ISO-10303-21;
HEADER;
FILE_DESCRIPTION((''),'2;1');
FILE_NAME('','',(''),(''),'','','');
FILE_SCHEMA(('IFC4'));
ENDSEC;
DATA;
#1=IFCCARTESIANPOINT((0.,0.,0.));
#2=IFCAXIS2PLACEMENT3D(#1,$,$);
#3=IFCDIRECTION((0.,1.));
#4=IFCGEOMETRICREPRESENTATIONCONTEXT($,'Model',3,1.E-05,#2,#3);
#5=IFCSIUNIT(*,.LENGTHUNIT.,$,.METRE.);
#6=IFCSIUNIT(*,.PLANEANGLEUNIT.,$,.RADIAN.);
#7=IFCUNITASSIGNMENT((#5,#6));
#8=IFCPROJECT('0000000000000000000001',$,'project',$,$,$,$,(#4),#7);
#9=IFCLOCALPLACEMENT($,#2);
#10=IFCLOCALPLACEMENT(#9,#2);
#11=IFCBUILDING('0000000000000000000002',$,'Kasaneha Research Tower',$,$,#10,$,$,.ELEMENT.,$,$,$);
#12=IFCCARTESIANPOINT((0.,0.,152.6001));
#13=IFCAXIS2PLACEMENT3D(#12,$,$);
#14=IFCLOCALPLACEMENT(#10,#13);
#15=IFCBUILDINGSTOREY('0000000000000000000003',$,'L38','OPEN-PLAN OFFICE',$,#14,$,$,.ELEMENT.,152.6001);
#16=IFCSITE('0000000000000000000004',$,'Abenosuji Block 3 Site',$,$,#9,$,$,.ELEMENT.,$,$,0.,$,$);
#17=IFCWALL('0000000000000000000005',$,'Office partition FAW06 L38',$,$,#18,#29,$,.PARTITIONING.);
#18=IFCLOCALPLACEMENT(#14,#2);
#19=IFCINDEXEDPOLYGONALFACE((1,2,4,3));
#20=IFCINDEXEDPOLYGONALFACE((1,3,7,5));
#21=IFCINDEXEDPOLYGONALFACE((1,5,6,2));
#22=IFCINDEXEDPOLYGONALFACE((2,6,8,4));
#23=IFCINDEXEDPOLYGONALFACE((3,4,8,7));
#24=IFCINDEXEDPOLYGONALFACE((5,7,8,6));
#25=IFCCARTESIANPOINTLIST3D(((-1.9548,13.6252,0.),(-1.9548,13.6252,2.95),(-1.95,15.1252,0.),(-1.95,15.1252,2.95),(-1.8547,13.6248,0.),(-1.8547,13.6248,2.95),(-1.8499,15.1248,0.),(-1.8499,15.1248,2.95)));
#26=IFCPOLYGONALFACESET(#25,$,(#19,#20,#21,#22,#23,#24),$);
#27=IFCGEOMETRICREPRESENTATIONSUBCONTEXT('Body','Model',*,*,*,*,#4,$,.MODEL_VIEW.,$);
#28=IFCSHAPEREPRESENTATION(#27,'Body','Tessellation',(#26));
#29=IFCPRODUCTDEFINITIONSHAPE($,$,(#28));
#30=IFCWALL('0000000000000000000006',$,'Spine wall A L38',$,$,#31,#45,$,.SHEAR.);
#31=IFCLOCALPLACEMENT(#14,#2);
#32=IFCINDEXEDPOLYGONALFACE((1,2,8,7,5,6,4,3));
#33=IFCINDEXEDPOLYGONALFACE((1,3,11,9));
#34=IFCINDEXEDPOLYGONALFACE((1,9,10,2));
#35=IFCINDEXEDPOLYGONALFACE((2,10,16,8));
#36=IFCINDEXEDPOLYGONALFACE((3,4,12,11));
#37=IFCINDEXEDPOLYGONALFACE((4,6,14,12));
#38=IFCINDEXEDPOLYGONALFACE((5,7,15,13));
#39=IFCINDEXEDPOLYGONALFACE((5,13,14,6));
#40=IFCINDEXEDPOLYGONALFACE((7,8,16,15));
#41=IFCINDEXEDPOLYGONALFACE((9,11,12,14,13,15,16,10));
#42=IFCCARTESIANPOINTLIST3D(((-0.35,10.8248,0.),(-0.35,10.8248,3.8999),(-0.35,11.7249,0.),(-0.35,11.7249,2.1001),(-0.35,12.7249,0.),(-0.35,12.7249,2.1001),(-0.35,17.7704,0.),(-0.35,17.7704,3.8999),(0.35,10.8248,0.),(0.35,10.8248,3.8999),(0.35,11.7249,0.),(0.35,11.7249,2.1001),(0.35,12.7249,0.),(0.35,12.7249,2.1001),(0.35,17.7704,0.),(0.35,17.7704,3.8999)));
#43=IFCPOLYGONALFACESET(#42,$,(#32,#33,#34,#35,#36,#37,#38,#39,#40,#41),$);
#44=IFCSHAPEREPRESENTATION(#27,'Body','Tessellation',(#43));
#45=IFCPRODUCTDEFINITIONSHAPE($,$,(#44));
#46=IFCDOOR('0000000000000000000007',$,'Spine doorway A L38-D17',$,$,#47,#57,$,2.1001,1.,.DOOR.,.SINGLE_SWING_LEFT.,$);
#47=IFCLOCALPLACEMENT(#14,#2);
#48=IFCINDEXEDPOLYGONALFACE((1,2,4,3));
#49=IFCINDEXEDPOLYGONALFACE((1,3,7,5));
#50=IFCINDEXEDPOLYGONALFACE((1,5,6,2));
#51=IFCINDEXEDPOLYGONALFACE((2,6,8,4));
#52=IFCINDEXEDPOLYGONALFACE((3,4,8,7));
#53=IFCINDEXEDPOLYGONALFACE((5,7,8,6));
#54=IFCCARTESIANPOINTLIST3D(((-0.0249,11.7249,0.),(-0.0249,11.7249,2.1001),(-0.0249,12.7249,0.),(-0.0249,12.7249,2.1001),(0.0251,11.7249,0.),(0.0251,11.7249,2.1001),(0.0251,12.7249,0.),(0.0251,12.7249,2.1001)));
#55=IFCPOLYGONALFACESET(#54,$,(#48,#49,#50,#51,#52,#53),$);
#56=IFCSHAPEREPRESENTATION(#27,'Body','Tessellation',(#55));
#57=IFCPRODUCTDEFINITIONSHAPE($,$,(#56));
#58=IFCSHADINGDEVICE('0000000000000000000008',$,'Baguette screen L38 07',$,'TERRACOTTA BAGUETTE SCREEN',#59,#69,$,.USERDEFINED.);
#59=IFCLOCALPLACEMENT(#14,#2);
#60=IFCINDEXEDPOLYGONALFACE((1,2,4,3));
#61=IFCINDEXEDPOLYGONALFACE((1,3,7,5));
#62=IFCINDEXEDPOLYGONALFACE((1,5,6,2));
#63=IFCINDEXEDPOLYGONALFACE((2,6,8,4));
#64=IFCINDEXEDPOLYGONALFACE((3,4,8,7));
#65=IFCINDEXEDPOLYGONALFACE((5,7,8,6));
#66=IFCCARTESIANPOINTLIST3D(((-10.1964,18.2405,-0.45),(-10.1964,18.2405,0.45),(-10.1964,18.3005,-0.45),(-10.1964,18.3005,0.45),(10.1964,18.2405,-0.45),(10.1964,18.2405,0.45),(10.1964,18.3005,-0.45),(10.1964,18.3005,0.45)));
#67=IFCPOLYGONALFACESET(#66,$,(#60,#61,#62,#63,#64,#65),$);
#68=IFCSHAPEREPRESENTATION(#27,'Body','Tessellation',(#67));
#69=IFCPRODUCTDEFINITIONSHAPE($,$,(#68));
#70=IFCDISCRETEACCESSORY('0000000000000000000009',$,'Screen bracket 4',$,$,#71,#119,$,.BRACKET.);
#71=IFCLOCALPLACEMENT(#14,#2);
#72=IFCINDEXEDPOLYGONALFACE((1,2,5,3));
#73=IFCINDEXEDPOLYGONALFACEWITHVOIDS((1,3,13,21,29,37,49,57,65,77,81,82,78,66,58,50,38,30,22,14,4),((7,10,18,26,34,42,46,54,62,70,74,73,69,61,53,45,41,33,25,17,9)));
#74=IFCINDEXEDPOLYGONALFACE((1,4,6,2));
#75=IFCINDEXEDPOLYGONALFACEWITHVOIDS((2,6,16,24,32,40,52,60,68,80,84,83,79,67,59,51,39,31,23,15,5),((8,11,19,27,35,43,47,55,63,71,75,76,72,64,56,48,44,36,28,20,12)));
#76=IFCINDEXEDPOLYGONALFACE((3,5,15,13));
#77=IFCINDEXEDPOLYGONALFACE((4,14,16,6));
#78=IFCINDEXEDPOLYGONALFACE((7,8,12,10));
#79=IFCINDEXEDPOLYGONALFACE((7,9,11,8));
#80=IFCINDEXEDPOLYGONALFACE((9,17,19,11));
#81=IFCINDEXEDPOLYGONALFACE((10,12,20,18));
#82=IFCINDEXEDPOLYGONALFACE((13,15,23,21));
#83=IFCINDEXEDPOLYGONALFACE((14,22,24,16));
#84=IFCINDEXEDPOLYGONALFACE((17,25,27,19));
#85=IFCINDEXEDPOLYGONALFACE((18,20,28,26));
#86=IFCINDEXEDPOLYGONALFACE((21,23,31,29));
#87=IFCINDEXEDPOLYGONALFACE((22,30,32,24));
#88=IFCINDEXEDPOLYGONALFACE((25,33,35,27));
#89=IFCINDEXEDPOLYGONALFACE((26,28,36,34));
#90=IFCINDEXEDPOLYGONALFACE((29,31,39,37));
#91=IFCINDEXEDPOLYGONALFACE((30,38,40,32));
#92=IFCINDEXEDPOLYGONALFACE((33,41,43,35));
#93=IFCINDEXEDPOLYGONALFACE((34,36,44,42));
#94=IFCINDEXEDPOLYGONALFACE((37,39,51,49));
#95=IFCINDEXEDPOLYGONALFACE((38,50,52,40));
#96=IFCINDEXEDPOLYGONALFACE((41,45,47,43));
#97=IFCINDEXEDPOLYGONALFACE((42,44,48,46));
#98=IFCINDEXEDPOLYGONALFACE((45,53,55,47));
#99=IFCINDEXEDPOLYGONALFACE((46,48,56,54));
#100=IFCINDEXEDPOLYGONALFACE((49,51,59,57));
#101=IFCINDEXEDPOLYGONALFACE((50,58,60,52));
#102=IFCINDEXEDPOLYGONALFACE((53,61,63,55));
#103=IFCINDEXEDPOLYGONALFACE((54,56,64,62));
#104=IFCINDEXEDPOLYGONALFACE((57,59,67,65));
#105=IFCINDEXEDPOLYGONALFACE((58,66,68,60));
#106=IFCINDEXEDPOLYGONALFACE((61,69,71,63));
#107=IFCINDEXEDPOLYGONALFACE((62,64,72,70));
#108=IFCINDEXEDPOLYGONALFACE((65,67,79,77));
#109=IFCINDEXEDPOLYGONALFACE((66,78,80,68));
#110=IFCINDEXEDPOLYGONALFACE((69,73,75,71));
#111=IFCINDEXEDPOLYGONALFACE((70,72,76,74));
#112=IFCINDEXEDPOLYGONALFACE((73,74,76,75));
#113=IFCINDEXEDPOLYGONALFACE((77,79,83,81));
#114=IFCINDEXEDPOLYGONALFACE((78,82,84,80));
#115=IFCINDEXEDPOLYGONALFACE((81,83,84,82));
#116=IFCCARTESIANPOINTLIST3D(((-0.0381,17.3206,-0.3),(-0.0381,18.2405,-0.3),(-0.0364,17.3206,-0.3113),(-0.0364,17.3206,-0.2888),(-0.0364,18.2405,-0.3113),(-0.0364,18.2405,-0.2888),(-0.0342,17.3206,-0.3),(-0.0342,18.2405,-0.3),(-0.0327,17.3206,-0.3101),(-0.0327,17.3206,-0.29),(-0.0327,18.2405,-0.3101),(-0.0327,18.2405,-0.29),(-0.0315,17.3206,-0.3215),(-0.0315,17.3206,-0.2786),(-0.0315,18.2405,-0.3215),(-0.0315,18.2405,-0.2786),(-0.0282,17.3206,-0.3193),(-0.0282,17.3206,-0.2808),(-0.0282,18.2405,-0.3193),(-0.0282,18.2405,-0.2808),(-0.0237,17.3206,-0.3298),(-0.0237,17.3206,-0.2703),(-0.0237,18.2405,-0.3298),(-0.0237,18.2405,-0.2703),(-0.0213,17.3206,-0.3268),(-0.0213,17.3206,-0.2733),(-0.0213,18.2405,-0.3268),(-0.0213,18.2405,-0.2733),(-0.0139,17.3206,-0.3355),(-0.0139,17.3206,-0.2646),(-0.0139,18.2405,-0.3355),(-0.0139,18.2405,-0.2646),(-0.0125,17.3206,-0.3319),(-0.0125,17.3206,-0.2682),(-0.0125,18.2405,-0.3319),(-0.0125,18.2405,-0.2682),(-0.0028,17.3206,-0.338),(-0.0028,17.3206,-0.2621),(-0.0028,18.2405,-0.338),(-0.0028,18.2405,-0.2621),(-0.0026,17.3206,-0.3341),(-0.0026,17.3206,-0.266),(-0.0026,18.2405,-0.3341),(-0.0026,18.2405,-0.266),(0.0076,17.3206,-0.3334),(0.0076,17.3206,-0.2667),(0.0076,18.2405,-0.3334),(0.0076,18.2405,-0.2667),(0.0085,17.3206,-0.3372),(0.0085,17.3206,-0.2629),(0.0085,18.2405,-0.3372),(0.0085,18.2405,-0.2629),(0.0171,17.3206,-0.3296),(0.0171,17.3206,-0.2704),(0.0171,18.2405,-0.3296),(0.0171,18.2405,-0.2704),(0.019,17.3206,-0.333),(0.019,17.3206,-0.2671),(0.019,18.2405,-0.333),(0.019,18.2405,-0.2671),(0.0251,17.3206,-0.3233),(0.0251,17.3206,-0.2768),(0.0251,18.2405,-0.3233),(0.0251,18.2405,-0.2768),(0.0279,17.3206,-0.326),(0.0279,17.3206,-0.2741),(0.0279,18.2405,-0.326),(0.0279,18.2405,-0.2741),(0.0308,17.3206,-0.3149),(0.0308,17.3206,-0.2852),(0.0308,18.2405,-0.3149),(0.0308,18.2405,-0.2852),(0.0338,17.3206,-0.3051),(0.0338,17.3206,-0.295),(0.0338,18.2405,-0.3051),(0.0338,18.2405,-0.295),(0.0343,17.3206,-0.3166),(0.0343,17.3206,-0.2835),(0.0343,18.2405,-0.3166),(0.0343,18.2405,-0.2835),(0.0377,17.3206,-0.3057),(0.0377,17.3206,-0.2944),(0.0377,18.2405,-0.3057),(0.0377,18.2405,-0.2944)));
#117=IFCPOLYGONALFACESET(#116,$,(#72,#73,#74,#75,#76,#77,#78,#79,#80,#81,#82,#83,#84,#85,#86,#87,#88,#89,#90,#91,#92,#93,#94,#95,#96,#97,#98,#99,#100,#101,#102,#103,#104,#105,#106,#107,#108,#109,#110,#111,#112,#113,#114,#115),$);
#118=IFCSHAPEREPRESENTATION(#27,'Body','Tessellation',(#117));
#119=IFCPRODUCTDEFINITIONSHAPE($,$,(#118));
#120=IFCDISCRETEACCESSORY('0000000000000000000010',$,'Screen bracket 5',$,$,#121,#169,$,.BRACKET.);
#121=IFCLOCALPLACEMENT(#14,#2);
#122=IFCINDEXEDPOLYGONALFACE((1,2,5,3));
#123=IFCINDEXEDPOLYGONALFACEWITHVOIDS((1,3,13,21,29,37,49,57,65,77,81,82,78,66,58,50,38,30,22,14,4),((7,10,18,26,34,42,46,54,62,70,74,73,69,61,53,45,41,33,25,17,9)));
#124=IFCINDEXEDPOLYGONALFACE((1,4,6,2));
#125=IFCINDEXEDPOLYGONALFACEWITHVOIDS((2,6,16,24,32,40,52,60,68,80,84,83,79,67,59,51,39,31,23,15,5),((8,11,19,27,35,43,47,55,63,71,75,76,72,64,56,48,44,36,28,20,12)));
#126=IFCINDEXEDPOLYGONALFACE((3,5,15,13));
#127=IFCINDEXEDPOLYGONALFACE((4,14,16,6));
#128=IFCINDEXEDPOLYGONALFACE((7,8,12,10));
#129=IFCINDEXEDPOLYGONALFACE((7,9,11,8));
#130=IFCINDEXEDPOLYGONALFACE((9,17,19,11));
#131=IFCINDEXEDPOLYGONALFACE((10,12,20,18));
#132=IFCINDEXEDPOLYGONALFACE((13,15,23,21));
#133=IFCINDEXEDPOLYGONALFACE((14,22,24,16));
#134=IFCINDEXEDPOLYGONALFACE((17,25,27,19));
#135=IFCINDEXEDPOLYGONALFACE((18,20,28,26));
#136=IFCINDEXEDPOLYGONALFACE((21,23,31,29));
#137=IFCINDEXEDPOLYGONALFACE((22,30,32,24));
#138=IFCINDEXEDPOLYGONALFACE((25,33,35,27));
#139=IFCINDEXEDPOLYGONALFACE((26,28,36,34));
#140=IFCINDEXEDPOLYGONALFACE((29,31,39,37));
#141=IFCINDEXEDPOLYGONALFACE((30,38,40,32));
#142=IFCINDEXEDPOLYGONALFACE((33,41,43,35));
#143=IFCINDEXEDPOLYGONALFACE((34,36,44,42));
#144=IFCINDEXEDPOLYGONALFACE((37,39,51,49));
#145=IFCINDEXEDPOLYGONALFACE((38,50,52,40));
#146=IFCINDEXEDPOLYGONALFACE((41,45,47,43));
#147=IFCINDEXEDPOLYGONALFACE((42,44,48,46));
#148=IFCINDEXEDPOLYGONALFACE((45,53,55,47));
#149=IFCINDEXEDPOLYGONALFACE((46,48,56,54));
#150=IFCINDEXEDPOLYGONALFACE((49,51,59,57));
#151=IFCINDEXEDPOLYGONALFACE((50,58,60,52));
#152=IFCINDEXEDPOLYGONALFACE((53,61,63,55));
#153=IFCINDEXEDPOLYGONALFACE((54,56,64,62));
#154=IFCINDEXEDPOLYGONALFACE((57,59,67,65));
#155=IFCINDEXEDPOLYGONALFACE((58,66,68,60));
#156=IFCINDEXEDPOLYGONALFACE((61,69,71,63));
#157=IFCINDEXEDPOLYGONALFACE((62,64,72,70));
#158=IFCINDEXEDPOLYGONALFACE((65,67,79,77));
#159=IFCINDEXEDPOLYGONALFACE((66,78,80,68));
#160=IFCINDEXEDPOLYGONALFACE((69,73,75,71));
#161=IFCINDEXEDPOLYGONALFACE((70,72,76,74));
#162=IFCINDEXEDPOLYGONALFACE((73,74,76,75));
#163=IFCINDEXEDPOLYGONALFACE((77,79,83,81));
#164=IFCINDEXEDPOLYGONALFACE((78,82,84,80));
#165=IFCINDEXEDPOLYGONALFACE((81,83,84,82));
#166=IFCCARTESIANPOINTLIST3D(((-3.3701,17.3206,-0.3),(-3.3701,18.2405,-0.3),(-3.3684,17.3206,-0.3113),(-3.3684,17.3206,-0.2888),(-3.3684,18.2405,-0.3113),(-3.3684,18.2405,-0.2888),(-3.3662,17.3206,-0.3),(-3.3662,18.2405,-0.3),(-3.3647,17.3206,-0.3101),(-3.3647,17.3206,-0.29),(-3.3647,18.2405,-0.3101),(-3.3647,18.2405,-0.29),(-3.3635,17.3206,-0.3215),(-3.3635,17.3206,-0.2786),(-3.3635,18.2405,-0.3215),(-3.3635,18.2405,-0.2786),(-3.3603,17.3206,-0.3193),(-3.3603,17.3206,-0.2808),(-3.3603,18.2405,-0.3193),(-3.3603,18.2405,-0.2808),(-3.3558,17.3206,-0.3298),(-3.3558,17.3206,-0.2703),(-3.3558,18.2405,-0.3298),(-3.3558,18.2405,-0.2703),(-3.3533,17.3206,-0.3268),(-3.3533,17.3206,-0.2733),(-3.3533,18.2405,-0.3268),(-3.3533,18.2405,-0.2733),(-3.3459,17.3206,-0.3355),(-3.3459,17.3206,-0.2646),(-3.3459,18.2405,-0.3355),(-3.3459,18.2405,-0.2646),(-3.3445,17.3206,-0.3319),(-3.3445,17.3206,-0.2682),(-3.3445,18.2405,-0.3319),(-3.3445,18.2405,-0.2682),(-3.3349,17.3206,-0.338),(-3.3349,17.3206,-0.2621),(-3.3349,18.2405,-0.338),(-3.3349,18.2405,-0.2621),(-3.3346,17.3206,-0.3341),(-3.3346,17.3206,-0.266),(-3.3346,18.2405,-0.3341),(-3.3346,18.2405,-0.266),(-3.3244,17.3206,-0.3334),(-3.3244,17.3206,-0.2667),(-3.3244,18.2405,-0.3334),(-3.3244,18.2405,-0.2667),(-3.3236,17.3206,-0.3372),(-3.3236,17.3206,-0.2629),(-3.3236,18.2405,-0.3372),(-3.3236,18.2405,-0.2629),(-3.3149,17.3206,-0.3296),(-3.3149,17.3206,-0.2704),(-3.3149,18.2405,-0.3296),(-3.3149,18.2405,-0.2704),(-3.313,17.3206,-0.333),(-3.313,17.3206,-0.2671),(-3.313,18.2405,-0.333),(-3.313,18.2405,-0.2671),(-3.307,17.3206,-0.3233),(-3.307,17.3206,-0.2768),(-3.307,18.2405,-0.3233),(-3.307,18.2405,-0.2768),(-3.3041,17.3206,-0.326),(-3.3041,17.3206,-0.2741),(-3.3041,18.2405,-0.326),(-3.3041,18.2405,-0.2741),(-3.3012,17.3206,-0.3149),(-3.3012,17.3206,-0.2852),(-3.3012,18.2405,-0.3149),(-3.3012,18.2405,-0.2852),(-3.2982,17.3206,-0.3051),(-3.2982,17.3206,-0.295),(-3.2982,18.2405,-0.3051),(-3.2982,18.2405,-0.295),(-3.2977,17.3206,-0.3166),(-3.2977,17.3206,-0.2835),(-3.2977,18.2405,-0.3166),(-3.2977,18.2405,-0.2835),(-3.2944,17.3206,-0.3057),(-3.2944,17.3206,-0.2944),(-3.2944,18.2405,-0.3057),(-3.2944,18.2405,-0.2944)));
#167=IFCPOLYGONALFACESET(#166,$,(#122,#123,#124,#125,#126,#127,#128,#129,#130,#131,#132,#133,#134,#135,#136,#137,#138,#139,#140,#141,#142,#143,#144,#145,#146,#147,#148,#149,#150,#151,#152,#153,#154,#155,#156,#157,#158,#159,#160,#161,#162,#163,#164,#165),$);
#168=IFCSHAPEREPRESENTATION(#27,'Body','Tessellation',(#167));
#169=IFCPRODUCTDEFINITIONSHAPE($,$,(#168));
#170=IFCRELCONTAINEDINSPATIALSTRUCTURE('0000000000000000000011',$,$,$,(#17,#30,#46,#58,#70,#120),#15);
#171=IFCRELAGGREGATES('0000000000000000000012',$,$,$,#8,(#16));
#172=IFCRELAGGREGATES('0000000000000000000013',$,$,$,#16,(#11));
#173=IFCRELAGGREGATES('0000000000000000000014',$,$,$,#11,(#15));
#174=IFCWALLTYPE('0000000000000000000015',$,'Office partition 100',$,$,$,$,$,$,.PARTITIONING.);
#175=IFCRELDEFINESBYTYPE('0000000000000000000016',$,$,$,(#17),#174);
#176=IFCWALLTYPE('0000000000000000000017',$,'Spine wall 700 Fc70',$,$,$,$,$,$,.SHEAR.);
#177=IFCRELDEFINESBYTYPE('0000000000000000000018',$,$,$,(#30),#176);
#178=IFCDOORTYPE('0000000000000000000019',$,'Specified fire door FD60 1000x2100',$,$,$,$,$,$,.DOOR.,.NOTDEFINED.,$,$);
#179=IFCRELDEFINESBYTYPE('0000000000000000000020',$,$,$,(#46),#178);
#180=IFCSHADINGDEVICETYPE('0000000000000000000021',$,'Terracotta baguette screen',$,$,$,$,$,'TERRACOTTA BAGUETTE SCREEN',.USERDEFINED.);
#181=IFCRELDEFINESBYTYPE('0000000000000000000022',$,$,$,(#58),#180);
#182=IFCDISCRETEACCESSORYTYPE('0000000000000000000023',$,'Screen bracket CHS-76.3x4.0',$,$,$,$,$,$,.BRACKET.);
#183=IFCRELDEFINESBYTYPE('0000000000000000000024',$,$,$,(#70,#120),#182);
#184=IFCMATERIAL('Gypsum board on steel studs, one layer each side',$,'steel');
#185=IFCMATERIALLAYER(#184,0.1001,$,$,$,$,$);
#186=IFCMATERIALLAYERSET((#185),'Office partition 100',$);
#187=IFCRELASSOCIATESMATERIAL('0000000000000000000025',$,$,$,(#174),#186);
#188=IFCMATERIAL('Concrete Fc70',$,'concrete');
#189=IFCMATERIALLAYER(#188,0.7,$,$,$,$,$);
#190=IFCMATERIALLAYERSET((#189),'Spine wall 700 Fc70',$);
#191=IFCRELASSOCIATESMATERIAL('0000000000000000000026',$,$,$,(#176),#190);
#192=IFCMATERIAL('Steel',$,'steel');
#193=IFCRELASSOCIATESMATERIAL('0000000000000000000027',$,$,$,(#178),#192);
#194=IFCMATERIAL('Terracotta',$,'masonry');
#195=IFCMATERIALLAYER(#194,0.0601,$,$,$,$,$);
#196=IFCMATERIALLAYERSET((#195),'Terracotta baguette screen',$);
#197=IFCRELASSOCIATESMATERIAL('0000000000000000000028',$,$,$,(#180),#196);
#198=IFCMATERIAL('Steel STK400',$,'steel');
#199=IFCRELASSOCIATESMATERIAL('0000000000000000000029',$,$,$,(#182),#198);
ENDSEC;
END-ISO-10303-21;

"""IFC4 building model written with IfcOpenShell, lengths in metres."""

from ifc_helpers import new_model, si_unit, direction, frame, frame_2d, origin, origin_2d, place, context, subcontext, project, spatial, rectangle, hollow_circle, extrude, material, layer, layer_set, material_profile, profile_set, type_object, element, fill, save


model = new_model("IFC4")

# Units and contexts
model_context = context("Model", 3, precision=1e-05, world=origin(), true_north=direction((0.0, 1.0)))
body_context = subcontext(model_context, "Body", "Model", "MODEL_VIEW")
ifc_project = project(units=[si_unit("LENGTHUNIT", "METRE"), si_unit("PLANEANGLEUNIT", "RADIAN")], contexts=[model_context])

# Site, building, storey
site_placement = place(None, origin())
site = spatial("IfcSite", under=ifc_project, at=site_placement, Name="Abenosuji Block 3 Site", CompositionType="ELEMENT", RefElevation=0.0)
building_placement = place(site_placement, origin())
building = spatial("IfcBuilding", under=site, at=building_placement, Name="Kasaneha Research Tower", CompositionType="ELEMENT")
storey_placement = place(building_placement, frame((0.0, 0.0, 152.6001)))
storey = spatial("IfcBuildingStorey", under=building, at=storey_placement, Name="L38", Description="OPEN-PLAN OFFICE", CompositionType="ELEMENT", Elevation=152.6001)

# Shared definitions
ifc_material_1 = material(Name="Gypsum board on steel studs, one layer each side", Category="steel")
ifc_layer_1 = layer(ifc_material_1, 0.1001)
ifc_layer_set_1 = layer_set([ifc_layer_1], Name="Office partition 100")
wall_type_1 = type_object("IfcWallType", Name="Office partition 100", PredefinedType="PARTITIONING", material=ifc_layer_set_1)

# Wall
for number, where, z_axis, x_axis, name in (
    (1, (-1.8999, 15.125, 0.0), (0.0, 0.0, 1.0), (-0.003255, -0.999995, 0.0), "Office partition FAW06 L38"),
):
    element("IfcWall", number, at=place(storey_placement, frame(where, z_axis=z_axis, x_axis=x_axis)), inside=storey, type_object=wall_type_1, Name=name, PredefinedType="PARTITIONING", context=body_context, shape_type="SweptSolid", body=[
        extrude(rectangle(XDim=1.5, YDim=0.1001, at=frame_2d((0.75, 0.0))), origin(), (0.0, 0.0, 1.0), 2.95),
    ])

# Wall, opening, door
ifc_material_2 = material(Name="Concrete Fc70", Category="concrete")
ifc_layer_2 = layer(ifc_material_2, 0.7)
ifc_layer_set_2 = layer_set([ifc_layer_2], Name="Spine wall 700 Fc70")
wall_type_2 = type_object("IfcWallType", Name="Spine wall 700 Fc70", PredefinedType="SHEAR", material=ifc_layer_set_2)
wall_1_placement = place(storey_placement, frame((0.0, 10.825, 0.0), z_axis=(0.0, 0.0, 1.0), x_axis=(0.0, 1.0, 0.0)))
wall_1 = element("IfcWall", 2, at=wall_1_placement, inside=storey, type_object=wall_type_2, Name="Spine wall A L38", PredefinedType="SHEAR", context=body_context, shape_type="SweptSolid", body=[
    extrude(rectangle(XDim=6.9456, YDim=0.7, at=frame_2d((3.4727, 0.0))), origin(), (0.0, 0.0, 1.0), 3.8999),
])
opening_1_placement = place(wall_1_placement, frame((0.8999, 0.0, 0.0)))
opening_1 = element("IfcOpeningElement", 3, at=opening_1_placement, cuts=wall_1, PredefinedType="OPENING", context=body_context, shape_type="SweptSolid", body=[
    extrude(rectangle(XDim=1.0, YDim=2.1001, at=frame_2d((0.5, 1.05))), frame((0.0, 0.3599, 0.0), z_axis=(0.0, -1.0, 0.0), x_axis=(1.0, 0.0, 0.0)), (0.0, 0.0, 1.0), 0.72),
])
ifc_material_3 = material(Name="Steel", Category="steel")
door_type_1 = type_object("IfcDoorType", Name="Specified fire door FD60 1000x2100", OperationType="NOTDEFINED", PredefinedType="DOOR", material=ifc_material_3)
door_1_placement = place(opening_1_placement, origin())
door_1 = element("IfcDoor", 4, at=door_1_placement, inside=storey, type_object=door_type_1, Name="Spine doorway A L38-D17", OperationType="SINGLE_SWING_LEFT", OverallHeight=2.1001, OverallWidth=1.0, PredefinedType="DOOR", context=body_context, shape_type="SweptSolid", body=[
    extrude(rectangle(XDim=1.0, YDim=2.1001, at=frame_2d((0.5, 1.05))), frame((0.0, 0.0249, 0.0), z_axis=(0.0, -1.0, 0.0), x_axis=(1.0, 0.0, 0.0)), (0.0, 0.0, 1.0), 0.05),
])
fill(opening_1, door_1)

# Shading device
ifc_material_4 = material(Name="Terracotta", Category="masonry")
ifc_layer_3 = layer(ifc_material_4, 0.0601)
ifc_layer_set_3 = layer_set([ifc_layer_3], Name="Terracotta baguette screen")
shading_device_type = type_object("IfcShadingDeviceType", Name="Terracotta baguette screen", ElementType="TERRACOTTA BAGUETTE SCREEN", PredefinedType="USERDEFINED", material=ifc_layer_set_3)
shading_device_placement = place(storey_placement, frame((0.0, 18.2705, -0.45), z_axis=(0.0, 0.0, 1.0), x_axis=(-1.0, 0.0, 0.0)))
element("IfcShadingDevice", 5, at=shading_device_placement, inside=storey, type_object=shading_device_type, Name="Baguette screen L38 07", ObjectType="TERRACOTTA BAGUETTE SCREEN", PredefinedType="USERDEFINED", context=body_context, shape_type="SweptSolid", body=[
    extrude(rectangle(XDim=20.3928, YDim=0.0601, at=origin_2d()), origin(), (0.0, 0.0, 1.0), 0.8999),
])

# Discrete accessories
ifc_material_5 = material(Name="Steel STK400", Category="steel")
ifc_material_profile_1 = material_profile(ifc_material_5, hollow_circle(Radius=0.0381, WallThickness=0.0039, at=origin_2d()), Name="CHS-76.3x4.0")
ifc_profile_set_1 = profile_set([ifc_material_profile_1], Name="Steel STK400")
discrete_accessory_type = type_object("IfcDiscreteAccessoryType", Name="Screen bracket CHS-76.3x4.0", PredefinedType="BRACKET", material=ifc_profile_set_1)
for number, where, z_axis, x_axis, name in (
    (6, (0.0, 17.3206, -0.3), (0.0, 1.0, 0.0), (-1.0, 0.0, 0.0), "Screen bracket 4"),
    (7, (-3.332, 17.3206, -0.3), (0.0, 1.0, 0.0), (-1.0, 0.0, 0.0), "Screen bracket 5"),
):
    element("IfcDiscreteAccessory", number, at=place(storey_placement, frame(where, z_axis=z_axis, x_axis=x_axis)), inside=storey, type_object=discrete_accessory_type, Name=name, PredefinedType="BRACKET", context=body_context, shape_type="SweptSolid", body=[
        extrude(hollow_circle(Radius=0.0381, WallThickness=0.0039, at=origin_2d()), origin(), (0.0, 0.0, 1.0), 0.9199),
    ])

save(model, "model.ifc")
